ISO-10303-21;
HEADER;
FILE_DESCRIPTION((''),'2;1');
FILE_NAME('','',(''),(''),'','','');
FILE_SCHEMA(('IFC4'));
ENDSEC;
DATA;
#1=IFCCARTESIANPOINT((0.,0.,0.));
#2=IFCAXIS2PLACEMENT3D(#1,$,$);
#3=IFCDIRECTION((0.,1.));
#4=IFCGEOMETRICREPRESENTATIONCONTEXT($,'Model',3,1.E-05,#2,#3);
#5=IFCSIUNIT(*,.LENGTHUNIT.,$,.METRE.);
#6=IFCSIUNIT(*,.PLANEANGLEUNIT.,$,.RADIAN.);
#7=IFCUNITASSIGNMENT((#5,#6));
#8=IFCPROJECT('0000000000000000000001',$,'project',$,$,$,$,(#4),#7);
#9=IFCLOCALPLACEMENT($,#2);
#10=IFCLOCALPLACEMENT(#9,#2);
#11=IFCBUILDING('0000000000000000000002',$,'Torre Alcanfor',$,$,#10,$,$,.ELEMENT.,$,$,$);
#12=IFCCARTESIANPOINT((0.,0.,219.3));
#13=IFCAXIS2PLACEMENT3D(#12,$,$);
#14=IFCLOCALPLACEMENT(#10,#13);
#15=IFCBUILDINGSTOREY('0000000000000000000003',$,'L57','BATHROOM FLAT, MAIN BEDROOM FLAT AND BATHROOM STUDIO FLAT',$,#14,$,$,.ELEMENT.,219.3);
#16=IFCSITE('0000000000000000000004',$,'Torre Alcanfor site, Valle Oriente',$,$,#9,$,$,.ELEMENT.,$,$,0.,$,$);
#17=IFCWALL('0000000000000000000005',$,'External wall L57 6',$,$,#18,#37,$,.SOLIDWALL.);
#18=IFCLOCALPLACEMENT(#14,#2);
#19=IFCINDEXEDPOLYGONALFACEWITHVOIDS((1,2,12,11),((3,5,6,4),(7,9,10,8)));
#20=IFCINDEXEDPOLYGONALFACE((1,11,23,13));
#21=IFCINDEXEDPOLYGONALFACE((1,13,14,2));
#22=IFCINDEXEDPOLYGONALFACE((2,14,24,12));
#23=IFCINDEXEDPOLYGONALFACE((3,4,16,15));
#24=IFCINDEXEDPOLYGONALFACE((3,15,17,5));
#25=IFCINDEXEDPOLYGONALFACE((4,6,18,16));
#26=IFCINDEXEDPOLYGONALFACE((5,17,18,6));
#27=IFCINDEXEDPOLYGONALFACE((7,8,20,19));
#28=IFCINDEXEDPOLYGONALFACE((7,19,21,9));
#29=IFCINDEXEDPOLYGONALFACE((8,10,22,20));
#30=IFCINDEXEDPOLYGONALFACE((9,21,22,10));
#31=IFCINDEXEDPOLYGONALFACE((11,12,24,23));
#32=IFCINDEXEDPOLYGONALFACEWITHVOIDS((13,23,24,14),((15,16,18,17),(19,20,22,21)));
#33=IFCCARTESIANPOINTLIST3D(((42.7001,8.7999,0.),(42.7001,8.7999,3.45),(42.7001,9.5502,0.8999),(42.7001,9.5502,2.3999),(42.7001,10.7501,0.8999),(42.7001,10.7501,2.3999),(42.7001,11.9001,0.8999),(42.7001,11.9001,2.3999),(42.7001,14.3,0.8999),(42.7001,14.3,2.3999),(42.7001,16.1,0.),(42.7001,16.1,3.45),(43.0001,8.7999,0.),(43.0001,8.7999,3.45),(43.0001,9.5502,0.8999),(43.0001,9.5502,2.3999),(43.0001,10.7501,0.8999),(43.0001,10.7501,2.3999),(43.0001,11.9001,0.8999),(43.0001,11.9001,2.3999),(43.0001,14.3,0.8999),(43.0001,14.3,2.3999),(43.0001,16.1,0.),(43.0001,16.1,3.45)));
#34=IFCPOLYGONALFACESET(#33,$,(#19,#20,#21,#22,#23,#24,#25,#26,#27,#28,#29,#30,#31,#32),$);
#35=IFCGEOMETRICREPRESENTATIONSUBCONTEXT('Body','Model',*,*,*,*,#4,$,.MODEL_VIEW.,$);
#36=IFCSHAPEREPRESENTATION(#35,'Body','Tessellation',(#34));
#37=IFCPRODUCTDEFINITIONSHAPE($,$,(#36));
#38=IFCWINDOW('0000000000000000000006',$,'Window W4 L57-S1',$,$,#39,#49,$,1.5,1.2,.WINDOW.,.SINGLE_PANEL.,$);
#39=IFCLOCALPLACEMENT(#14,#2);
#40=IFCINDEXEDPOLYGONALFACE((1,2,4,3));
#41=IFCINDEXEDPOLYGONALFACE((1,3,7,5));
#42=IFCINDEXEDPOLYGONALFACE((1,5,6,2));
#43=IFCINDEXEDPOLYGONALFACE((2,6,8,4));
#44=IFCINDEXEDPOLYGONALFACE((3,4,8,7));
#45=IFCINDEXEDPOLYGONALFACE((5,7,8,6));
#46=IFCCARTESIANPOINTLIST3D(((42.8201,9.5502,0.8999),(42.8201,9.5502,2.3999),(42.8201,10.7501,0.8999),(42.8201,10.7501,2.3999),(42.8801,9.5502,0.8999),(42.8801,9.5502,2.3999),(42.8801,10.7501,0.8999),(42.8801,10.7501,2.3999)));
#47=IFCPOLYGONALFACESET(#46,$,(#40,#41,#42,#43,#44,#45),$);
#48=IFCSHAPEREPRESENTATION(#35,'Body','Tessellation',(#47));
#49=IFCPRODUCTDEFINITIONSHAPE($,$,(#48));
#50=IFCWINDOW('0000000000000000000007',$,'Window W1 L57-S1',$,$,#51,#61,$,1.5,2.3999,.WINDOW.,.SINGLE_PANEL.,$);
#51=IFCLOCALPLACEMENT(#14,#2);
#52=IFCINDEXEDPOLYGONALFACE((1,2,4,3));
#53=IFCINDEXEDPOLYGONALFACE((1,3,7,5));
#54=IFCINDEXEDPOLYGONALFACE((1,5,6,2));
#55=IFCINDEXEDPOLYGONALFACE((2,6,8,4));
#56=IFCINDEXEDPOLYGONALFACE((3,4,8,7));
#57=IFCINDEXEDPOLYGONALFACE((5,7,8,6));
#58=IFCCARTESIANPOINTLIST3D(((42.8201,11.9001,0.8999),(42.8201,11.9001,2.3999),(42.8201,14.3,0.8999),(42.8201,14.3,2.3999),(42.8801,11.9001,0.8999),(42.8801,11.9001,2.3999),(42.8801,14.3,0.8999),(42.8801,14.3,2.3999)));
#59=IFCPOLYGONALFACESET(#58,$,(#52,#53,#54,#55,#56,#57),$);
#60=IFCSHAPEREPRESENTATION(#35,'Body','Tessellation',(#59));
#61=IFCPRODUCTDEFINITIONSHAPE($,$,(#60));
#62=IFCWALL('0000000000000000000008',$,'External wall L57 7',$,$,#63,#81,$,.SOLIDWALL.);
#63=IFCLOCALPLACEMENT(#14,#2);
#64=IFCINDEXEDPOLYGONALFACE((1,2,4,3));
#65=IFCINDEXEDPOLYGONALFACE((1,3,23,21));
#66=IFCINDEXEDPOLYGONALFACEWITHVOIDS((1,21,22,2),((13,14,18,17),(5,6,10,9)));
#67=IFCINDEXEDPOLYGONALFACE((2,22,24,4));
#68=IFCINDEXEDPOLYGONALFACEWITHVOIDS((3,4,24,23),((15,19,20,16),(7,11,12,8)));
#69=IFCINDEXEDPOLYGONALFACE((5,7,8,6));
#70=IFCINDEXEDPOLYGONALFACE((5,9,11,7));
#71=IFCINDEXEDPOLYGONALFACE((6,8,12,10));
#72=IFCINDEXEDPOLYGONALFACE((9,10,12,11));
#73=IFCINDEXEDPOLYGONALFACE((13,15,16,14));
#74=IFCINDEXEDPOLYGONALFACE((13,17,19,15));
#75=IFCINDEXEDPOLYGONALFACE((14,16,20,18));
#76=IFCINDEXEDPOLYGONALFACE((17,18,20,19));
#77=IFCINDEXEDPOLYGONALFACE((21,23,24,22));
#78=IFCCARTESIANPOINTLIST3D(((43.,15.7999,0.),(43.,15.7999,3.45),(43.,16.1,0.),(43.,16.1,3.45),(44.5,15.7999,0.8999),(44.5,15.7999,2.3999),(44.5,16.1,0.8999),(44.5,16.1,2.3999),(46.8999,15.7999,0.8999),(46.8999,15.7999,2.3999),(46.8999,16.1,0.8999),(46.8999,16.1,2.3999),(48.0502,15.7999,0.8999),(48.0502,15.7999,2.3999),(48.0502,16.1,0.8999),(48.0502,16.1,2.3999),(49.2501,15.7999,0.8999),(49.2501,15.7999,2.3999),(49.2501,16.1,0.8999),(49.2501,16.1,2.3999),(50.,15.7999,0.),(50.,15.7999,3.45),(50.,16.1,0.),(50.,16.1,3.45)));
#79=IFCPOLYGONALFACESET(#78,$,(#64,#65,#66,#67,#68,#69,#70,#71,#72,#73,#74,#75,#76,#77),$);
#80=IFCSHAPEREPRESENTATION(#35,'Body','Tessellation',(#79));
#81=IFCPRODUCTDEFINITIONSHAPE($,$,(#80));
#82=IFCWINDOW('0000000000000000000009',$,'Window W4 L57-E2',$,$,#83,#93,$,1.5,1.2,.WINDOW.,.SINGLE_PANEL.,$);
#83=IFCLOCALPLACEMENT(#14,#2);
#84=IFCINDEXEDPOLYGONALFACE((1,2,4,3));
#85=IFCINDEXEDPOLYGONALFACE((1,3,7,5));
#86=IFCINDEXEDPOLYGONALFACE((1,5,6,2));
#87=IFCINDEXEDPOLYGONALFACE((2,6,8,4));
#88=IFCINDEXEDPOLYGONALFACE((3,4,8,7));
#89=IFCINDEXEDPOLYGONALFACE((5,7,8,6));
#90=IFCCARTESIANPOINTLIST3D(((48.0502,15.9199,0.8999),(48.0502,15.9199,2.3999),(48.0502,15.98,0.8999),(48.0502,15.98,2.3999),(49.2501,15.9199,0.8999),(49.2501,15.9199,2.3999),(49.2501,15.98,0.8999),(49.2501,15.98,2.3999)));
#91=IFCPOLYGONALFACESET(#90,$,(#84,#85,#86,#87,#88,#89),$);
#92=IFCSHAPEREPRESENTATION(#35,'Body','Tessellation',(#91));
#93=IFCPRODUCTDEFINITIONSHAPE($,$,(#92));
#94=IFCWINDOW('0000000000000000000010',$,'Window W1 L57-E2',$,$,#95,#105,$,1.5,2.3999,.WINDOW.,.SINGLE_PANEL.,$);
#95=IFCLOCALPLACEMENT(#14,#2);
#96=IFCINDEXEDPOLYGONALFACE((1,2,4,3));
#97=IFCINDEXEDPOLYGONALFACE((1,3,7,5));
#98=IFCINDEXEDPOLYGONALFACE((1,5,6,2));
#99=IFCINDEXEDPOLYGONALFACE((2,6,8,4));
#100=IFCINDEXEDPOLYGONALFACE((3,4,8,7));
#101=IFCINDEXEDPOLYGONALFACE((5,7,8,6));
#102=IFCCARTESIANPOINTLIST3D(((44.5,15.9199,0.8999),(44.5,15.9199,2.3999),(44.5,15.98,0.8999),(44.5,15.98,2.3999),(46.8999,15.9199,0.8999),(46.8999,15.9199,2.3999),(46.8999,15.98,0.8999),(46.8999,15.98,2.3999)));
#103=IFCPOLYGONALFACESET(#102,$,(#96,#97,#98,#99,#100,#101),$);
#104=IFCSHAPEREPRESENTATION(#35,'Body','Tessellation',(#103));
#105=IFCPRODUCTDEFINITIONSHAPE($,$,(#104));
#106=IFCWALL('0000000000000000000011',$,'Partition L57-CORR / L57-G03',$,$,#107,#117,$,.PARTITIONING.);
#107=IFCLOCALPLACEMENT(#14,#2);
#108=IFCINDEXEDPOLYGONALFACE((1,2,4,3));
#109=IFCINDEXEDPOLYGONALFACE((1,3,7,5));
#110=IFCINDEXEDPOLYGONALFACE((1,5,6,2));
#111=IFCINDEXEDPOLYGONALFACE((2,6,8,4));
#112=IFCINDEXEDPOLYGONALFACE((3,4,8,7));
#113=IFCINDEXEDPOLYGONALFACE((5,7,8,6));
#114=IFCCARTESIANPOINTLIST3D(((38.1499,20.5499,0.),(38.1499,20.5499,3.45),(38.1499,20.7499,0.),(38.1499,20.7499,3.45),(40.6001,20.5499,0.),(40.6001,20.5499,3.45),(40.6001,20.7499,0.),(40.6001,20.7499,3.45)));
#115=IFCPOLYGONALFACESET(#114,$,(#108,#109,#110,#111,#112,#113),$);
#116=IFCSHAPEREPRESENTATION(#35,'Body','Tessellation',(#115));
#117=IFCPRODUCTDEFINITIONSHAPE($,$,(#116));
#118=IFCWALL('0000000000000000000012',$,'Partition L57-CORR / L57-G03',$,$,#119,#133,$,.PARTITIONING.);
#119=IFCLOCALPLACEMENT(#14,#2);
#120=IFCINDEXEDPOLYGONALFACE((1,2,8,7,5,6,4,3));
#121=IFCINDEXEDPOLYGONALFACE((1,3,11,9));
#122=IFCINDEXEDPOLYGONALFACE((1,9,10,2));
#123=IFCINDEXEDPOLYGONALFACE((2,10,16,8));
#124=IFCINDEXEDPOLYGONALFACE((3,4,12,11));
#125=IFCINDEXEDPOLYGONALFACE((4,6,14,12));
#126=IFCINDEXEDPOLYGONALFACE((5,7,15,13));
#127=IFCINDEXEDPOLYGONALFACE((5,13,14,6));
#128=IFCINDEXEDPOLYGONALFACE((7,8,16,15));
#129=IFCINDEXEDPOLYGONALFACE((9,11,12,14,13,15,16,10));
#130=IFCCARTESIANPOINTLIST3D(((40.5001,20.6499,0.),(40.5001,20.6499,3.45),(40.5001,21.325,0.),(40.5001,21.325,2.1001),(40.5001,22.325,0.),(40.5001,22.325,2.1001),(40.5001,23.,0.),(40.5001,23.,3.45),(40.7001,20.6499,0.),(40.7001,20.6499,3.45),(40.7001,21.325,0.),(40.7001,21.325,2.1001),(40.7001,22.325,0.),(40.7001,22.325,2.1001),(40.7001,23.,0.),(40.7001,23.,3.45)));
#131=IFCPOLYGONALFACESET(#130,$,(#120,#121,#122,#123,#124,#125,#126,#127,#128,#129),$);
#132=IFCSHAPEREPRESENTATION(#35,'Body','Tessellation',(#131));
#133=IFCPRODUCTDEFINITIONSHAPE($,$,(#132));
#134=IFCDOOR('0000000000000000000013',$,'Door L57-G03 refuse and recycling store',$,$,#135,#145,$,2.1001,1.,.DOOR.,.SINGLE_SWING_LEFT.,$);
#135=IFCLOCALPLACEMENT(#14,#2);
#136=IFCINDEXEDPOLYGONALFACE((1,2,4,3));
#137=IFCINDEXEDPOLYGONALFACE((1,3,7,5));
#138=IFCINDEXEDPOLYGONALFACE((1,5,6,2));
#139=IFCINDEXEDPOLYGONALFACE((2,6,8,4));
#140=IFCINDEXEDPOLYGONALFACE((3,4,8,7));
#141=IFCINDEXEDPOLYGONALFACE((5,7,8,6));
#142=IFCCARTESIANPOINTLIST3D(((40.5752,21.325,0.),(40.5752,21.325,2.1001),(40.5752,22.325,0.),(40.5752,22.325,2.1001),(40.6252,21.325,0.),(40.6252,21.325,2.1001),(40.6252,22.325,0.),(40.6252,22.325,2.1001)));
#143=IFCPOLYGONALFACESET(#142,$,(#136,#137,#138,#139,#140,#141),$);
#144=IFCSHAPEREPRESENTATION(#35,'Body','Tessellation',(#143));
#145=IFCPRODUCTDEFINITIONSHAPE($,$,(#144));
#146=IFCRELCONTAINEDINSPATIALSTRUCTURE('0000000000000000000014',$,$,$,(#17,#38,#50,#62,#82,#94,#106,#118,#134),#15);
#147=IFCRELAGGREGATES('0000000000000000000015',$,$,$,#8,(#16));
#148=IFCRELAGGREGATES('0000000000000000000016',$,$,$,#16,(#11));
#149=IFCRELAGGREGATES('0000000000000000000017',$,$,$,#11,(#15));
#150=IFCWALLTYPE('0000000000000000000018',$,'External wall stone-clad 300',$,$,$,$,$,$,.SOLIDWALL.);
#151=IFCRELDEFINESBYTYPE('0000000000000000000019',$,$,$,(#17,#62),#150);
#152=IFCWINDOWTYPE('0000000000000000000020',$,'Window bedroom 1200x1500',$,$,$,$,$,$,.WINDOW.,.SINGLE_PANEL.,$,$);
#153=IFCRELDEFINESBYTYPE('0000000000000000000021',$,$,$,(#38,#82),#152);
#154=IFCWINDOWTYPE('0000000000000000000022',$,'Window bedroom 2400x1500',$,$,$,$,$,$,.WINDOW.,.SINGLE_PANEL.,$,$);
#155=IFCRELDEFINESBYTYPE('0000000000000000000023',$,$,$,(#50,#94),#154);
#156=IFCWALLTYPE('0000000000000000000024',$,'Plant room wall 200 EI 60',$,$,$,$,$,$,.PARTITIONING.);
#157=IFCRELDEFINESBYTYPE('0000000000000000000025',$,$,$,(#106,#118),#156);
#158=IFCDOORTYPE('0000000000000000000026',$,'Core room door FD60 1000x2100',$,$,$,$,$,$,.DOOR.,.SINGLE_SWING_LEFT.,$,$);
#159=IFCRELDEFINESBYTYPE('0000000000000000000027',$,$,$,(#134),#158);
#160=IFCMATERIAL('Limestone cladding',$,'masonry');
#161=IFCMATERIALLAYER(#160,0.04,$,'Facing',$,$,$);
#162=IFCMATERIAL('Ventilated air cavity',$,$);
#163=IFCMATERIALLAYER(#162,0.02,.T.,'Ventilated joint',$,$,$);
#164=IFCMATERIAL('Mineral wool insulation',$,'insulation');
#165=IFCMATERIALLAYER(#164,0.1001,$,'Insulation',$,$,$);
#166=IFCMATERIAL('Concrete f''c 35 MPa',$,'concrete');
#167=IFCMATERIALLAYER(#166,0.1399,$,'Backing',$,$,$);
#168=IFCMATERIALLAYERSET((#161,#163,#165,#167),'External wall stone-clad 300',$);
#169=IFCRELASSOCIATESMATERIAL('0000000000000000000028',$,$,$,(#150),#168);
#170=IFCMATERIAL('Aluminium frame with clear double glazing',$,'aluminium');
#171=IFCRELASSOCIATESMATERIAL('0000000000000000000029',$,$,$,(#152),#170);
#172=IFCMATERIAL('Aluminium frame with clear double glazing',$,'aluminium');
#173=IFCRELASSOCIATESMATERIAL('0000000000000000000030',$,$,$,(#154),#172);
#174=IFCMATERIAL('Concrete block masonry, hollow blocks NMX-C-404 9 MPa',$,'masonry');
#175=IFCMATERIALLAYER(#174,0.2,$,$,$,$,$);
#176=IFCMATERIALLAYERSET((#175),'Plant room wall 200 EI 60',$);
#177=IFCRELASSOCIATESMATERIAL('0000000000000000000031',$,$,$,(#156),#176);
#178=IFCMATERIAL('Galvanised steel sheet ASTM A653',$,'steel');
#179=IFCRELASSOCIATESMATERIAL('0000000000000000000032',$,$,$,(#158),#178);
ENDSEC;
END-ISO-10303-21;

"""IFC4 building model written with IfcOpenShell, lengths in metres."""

from ifc_helpers import new_model, si_unit, direction, frame, frame_2d, origin, place, context, subcontext, project, spatial, rectangle, extrude, material, layer, layer_set, type_object, element, fill, save


model = new_model("IFC4")

# Units and contexts
model_context = context("Model", 3, precision=1e-05, world=origin(), true_north=direction((0.0, 1.0)))
body_context = subcontext(model_context, "Body", "Model", "MODEL_VIEW")
ifc_project = project(units=[si_unit("LENGTHUNIT", "METRE"), si_unit("PLANEANGLEUNIT", "RADIAN")], contexts=[model_context])

# Site, building, storey
site_placement = place(None, origin())
site = spatial("IfcSite", under=ifc_project, at=site_placement, Name="Torre Alcanfor site, Valle Oriente", CompositionType="ELEMENT", RefElevation=0.0)
building_placement = place(site_placement, origin())
building = spatial("IfcBuilding", under=site, at=building_placement, Name="Torre Alcanfor", CompositionType="ELEMENT")
storey_placement = place(building_placement, frame((0.0, 0.0, 219.3)))
storey = spatial("IfcBuildingStorey", under=building, at=storey_placement, Name="L57", Description="BATHROOM FLAT, MAIN BEDROOM FLAT AND BATHROOM STUDIO FLAT", CompositionType="ELEMENT", Elevation=219.3)

# Walls, openings, windows
ifc_material_1 = material(Name="Limestone cladding", Category="masonry")
ifc_layer_1 = layer(ifc_material_1, 0.04, Name="Facing")
ifc_material_2 = material(Name="Ventilated air cavity")
ifc_layer_2 = layer(ifc_material_2, 0.02, ventilated=True, Name="Ventilated joint")
ifc_material_3 = material(Name="Mineral wool insulation", Category="insulation")
ifc_layer_3 = layer(ifc_material_3, 0.1001, Name="Insulation")
ifc_material_4 = material(Name="Concrete f'c 35 MPa", Category="concrete")
ifc_layer_4 = layer(ifc_material_4, 0.1399, Name="Backing")
ifc_layer_set_1 = layer_set([ifc_layer_1, ifc_layer_2, ifc_layer_3, ifc_layer_4], Name="External wall stone-clad 300")
wall_type_1 = type_object("IfcWallType", Name="External wall stone-clad 300", PredefinedType="SOLIDWALL", material=ifc_layer_set_1)
wall_1_placement = place(storey_placement, frame((42.8501, 8.8, 0.0), z_axis=(0.0, 0.0, 1.0), x_axis=(0.0, 1.0, 0.0)))
wall_1 = element("IfcWall", 1, at=wall_1_placement, inside=storey, type_object=wall_type_1, Name="External wall L57 6", PredefinedType="SOLIDWALL", context=body_context, shape_type="SweptSolid", body=[
    extrude(rectangle(XDim=7.3, YDim=0.3, at=frame_2d((3.6499, 0.0))), origin(), (0.0, 0.0, 1.0), 3.45),
])
opening_1_placement = place(wall_1_placement, frame((3.1001, 0.0, 0.8999)))
opening_1 = element("IfcOpeningElement", 2, at=opening_1_placement, cuts=wall_1, PredefinedType="OPENING", context=body_context, shape_type="SweptSolid", body=[
    extrude(rectangle(XDim=2.3999, YDim=1.5, at=frame_2d((1.2, 0.75))), frame((0.0, 0.1599, 0.0), z_axis=(0.0, -1.0, 0.0), x_axis=(1.0, 0.0, 0.0)), (0.0, 0.0, 1.0), 0.3201),
])
opening_2_placement = place(wall_1_placement, frame((0.75, 0.0, 0.8999)))
opening_2 = element("IfcOpeningElement", 3, at=opening_2_placement, cuts=wall_1, PredefinedType="OPENING", context=body_context, shape_type="SweptSolid", body=[
    extrude(rectangle(XDim=1.2, YDim=1.5, at=frame_2d((0.6001, 0.75))), frame((0.0, 0.1599, 0.0), z_axis=(0.0, -1.0, 0.0), x_axis=(1.0, 0.0, 0.0)), (0.0, 0.0, 1.0), 0.3201),
])
ifc_material_5 = material(Name="Aluminium frame with clear double glazing", Category="aluminium")
window_type_1 = type_object("IfcWindowType", Name="Window bedroom 1200x1500", PartitioningType="SINGLE_PANEL", PredefinedType="WINDOW", material=ifc_material_5)
window_1_placement = place(opening_2_placement, origin())
window_1 = element("IfcWindow", 4, at=window_1_placement, inside=storey, type_object=window_type_1, Name="Window W4 L57-S1", OverallHeight=1.5, OverallWidth=1.2, PartitioningType="SINGLE_PANEL", PredefinedType="WINDOW", context=body_context, shape_type="SweptSolid", body=[
    extrude(rectangle(XDim=1.2, YDim=1.5, at=frame_2d((0.6001, 0.75))), frame((0.0, 0.03, 0.0), z_axis=(0.0, -1.0, 0.0), x_axis=(1.0, 0.0, 0.0)), (0.0, 0.0, 1.0), 0.0601),
])
fill(opening_2, window_1)
ifc_material_6 = material(Name="Aluminium frame with clear double glazing", Category="aluminium")
window_type_2 = type_object("IfcWindowType", Name="Window bedroom 2400x1500", PartitioningType="SINGLE_PANEL", PredefinedType="WINDOW", material=ifc_material_6)
window_2_placement = place(opening_1_placement, origin())
window_2 = element("IfcWindow", 5, at=window_2_placement, inside=storey, type_object=window_type_2, Name="Window W1 L57-S1", OverallHeight=1.5, OverallWidth=2.3999, PartitioningType="SINGLE_PANEL", PredefinedType="WINDOW", context=body_context, shape_type="SweptSolid", body=[
    extrude(rectangle(XDim=2.3999, YDim=1.5, at=frame_2d((1.2, 0.75))), frame((0.0, 0.03, 0.0), z_axis=(0.0, -1.0, 0.0), x_axis=(1.0, 0.0, 0.0)), (0.0, 0.0, 1.0), 0.0601),
])
fill(opening_1, window_2)
wall_2_placement = place(storey_placement, frame((43.0, 15.95, 0.0), z_axis=(0.0, 0.0, 1.0), x_axis=(1.0, 0.0, 0.0)))
wall_2 = element("IfcWall", 6, at=wall_2_placement, inside=storey, type_object=wall_type_1, Name="External wall L57 7", PredefinedType="SOLIDWALL", context=body_context, shape_type="SweptSolid", body=[
    extrude(rectangle(XDim=7.0, YDim=0.3, at=frame_2d((3.5, 0.0))), origin(), (0.0, 0.0, 1.0), 3.45),
])
opening_3_placement = place(wall_2_placement, frame((1.5, 0.0, 0.8999)))
opening_3 = element("IfcOpeningElement", 7, at=opening_3_placement, cuts=wall_2, PredefinedType="OPENING", context=body_context, shape_type="SweptSolid", body=[
    extrude(rectangle(XDim=2.3999, YDim=1.5, at=frame_2d((1.2, 0.75))), frame((0.0, 0.1599, 0.0), z_axis=(0.0, -1.0, 0.0), x_axis=(1.0, 0.0, 0.0)), (0.0, 0.0, 1.0), 0.3201),
])
opening_4_placement = place(wall_2_placement, frame((5.05, 0.0, 0.8999)))
opening_4 = element("IfcOpeningElement", 8, at=opening_4_placement, cuts=wall_2, PredefinedType="OPENING", context=body_context, shape_type="SweptSolid", body=[
    extrude(rectangle(XDim=1.2, YDim=1.5, at=frame_2d((0.6001, 0.75))), frame((0.0, 0.1599, 0.0), z_axis=(0.0, -1.0, 0.0), x_axis=(1.0, 0.0, 0.0)), (0.0, 0.0, 1.0), 0.3201),
])
window_3_placement = place(opening_4_placement, origin())
window_3 = element("IfcWindow", 9, at=window_3_placement, inside=storey, type_object=window_type_1, Name="Window W4 L57-E2", OverallHeight=1.5, OverallWidth=1.2, PartitioningType="SINGLE_PANEL", PredefinedType="WINDOW", context=body_context, shape_type="SweptSolid", body=[
    extrude(rectangle(XDim=1.2, YDim=1.5, at=frame_2d((0.6001, 0.75))), frame((0.0, 0.03, 0.0), z_axis=(0.0, -1.0, 0.0), x_axis=(1.0, 0.0, 0.0)), (0.0, 0.0, 1.0), 0.0601),
])
fill(opening_4, window_3)
window_4_placement = place(opening_3_placement, origin())
window_4 = element("IfcWindow", 10, at=window_4_placement, inside=storey, type_object=window_type_2, Name="Window W1 L57-E2", OverallHeight=1.5, OverallWidth=2.3999, PartitioningType="SINGLE_PANEL", PredefinedType="WINDOW", context=body_context, shape_type="SweptSolid", body=[
    extrude(rectangle(XDim=2.3999, YDim=1.5, at=frame_2d((1.2, 0.75))), frame((0.0, 0.03, 0.0), z_axis=(0.0, -1.0, 0.0), x_axis=(1.0, 0.0, 0.0)), (0.0, 0.0, 1.0), 0.0601),
])
fill(opening_3, window_4)

# Wall
ifc_material_7 = material(Name="Concrete block masonry, hollow blocks NMX-C-404 9 MPa", Category="masonry")
ifc_layer_5 = layer(ifc_material_7, 0.2)
ifc_layer_set_2 = layer_set([ifc_layer_5], Name="Plant room wall 200 EI 60")
wall_type_2 = type_object("IfcWallType", Name="Plant room wall 200 EI 60", PredefinedType="PARTITIONING", material=ifc_layer_set_2)
wall_3_placement = place(storey_placement, frame((38.1499, 20.6499, 0.0), z_axis=(0.0, 0.0, 1.0), x_axis=(1.0, 0.0, 0.0)))
element("IfcWall", 11, at=wall_3_placement, inside=storey, type_object=wall_type_2, Name="Partition L57-CORR / L57-G03", PredefinedType="PARTITIONING", context=body_context, shape_type="SweptSolid", body=[
    extrude(rectangle(XDim=2.4502, YDim=0.2, at=frame_2d((1.2251, 0.0))), origin(), (0.0, 0.0, 1.0), 3.45),
])

# Wall, opening, door
wall_4_placement = place(storey_placement, frame((40.6001, 20.6499, 0.0), z_axis=(0.0, 0.0, 1.0), x_axis=(0.0, 1.0, 0.0)))
wall_4 = element("IfcWall", 12, at=wall_4_placement, inside=storey, type_object=wall_type_2, Name="Partition L57-CORR / L57-G03", PredefinedType="PARTITIONING", context=body_context, shape_type="SweptSolid", body=[
    extrude(rectangle(XDim=2.3501, YDim=0.2, at=frame_2d((1.175, 0.0))), origin(), (0.0, 0.0, 1.0), 3.45),
])
opening_5_placement = place(wall_4_placement, frame((0.675, 0.0, 0.0)))
opening_5 = element("IfcOpeningElement", 13, at=opening_5_placement, cuts=wall_4, PredefinedType="OPENING", context=body_context, shape_type="SweptSolid", body=[
    extrude(rectangle(XDim=1.0, YDim=2.1001, at=frame_2d((0.5, 1.05))), frame((0.0, 0.1099, 0.0), z_axis=(0.0, -1.0, 0.0), x_axis=(1.0, 0.0, 0.0)), (0.0, 0.0, 1.0), 0.22),
])
ifc_material_8 = material(Name="Galvanised steel sheet ASTM A653", Category="steel")
door_type = type_object("IfcDoorType", Name="Core room door FD60 1000x2100", OperationType="SINGLE_SWING_LEFT", PredefinedType="DOOR", material=ifc_material_8)
door_placement = place(opening_5_placement, origin())
door = element("IfcDoor", 14, at=door_placement, inside=storey, type_object=door_type, Name="Door L57-G03 refuse and recycling store", OperationType="SINGLE_SWING_LEFT", OverallHeight=2.1001, OverallWidth=1.0, PredefinedType="DOOR", context=body_context, shape_type="SweptSolid", body=[
    extrude(rectangle(XDim=1.0, YDim=2.1001, at=frame_2d((0.5, 1.05))), frame((0.0, 0.0249, 0.0), z_axis=(0.0, -1.0, 0.0), x_axis=(1.0, 0.0, 0.0)), (0.0, 0.0, 1.0), 0.05),
])
fill(opening_5, door)

save(model, "model.ifc")
